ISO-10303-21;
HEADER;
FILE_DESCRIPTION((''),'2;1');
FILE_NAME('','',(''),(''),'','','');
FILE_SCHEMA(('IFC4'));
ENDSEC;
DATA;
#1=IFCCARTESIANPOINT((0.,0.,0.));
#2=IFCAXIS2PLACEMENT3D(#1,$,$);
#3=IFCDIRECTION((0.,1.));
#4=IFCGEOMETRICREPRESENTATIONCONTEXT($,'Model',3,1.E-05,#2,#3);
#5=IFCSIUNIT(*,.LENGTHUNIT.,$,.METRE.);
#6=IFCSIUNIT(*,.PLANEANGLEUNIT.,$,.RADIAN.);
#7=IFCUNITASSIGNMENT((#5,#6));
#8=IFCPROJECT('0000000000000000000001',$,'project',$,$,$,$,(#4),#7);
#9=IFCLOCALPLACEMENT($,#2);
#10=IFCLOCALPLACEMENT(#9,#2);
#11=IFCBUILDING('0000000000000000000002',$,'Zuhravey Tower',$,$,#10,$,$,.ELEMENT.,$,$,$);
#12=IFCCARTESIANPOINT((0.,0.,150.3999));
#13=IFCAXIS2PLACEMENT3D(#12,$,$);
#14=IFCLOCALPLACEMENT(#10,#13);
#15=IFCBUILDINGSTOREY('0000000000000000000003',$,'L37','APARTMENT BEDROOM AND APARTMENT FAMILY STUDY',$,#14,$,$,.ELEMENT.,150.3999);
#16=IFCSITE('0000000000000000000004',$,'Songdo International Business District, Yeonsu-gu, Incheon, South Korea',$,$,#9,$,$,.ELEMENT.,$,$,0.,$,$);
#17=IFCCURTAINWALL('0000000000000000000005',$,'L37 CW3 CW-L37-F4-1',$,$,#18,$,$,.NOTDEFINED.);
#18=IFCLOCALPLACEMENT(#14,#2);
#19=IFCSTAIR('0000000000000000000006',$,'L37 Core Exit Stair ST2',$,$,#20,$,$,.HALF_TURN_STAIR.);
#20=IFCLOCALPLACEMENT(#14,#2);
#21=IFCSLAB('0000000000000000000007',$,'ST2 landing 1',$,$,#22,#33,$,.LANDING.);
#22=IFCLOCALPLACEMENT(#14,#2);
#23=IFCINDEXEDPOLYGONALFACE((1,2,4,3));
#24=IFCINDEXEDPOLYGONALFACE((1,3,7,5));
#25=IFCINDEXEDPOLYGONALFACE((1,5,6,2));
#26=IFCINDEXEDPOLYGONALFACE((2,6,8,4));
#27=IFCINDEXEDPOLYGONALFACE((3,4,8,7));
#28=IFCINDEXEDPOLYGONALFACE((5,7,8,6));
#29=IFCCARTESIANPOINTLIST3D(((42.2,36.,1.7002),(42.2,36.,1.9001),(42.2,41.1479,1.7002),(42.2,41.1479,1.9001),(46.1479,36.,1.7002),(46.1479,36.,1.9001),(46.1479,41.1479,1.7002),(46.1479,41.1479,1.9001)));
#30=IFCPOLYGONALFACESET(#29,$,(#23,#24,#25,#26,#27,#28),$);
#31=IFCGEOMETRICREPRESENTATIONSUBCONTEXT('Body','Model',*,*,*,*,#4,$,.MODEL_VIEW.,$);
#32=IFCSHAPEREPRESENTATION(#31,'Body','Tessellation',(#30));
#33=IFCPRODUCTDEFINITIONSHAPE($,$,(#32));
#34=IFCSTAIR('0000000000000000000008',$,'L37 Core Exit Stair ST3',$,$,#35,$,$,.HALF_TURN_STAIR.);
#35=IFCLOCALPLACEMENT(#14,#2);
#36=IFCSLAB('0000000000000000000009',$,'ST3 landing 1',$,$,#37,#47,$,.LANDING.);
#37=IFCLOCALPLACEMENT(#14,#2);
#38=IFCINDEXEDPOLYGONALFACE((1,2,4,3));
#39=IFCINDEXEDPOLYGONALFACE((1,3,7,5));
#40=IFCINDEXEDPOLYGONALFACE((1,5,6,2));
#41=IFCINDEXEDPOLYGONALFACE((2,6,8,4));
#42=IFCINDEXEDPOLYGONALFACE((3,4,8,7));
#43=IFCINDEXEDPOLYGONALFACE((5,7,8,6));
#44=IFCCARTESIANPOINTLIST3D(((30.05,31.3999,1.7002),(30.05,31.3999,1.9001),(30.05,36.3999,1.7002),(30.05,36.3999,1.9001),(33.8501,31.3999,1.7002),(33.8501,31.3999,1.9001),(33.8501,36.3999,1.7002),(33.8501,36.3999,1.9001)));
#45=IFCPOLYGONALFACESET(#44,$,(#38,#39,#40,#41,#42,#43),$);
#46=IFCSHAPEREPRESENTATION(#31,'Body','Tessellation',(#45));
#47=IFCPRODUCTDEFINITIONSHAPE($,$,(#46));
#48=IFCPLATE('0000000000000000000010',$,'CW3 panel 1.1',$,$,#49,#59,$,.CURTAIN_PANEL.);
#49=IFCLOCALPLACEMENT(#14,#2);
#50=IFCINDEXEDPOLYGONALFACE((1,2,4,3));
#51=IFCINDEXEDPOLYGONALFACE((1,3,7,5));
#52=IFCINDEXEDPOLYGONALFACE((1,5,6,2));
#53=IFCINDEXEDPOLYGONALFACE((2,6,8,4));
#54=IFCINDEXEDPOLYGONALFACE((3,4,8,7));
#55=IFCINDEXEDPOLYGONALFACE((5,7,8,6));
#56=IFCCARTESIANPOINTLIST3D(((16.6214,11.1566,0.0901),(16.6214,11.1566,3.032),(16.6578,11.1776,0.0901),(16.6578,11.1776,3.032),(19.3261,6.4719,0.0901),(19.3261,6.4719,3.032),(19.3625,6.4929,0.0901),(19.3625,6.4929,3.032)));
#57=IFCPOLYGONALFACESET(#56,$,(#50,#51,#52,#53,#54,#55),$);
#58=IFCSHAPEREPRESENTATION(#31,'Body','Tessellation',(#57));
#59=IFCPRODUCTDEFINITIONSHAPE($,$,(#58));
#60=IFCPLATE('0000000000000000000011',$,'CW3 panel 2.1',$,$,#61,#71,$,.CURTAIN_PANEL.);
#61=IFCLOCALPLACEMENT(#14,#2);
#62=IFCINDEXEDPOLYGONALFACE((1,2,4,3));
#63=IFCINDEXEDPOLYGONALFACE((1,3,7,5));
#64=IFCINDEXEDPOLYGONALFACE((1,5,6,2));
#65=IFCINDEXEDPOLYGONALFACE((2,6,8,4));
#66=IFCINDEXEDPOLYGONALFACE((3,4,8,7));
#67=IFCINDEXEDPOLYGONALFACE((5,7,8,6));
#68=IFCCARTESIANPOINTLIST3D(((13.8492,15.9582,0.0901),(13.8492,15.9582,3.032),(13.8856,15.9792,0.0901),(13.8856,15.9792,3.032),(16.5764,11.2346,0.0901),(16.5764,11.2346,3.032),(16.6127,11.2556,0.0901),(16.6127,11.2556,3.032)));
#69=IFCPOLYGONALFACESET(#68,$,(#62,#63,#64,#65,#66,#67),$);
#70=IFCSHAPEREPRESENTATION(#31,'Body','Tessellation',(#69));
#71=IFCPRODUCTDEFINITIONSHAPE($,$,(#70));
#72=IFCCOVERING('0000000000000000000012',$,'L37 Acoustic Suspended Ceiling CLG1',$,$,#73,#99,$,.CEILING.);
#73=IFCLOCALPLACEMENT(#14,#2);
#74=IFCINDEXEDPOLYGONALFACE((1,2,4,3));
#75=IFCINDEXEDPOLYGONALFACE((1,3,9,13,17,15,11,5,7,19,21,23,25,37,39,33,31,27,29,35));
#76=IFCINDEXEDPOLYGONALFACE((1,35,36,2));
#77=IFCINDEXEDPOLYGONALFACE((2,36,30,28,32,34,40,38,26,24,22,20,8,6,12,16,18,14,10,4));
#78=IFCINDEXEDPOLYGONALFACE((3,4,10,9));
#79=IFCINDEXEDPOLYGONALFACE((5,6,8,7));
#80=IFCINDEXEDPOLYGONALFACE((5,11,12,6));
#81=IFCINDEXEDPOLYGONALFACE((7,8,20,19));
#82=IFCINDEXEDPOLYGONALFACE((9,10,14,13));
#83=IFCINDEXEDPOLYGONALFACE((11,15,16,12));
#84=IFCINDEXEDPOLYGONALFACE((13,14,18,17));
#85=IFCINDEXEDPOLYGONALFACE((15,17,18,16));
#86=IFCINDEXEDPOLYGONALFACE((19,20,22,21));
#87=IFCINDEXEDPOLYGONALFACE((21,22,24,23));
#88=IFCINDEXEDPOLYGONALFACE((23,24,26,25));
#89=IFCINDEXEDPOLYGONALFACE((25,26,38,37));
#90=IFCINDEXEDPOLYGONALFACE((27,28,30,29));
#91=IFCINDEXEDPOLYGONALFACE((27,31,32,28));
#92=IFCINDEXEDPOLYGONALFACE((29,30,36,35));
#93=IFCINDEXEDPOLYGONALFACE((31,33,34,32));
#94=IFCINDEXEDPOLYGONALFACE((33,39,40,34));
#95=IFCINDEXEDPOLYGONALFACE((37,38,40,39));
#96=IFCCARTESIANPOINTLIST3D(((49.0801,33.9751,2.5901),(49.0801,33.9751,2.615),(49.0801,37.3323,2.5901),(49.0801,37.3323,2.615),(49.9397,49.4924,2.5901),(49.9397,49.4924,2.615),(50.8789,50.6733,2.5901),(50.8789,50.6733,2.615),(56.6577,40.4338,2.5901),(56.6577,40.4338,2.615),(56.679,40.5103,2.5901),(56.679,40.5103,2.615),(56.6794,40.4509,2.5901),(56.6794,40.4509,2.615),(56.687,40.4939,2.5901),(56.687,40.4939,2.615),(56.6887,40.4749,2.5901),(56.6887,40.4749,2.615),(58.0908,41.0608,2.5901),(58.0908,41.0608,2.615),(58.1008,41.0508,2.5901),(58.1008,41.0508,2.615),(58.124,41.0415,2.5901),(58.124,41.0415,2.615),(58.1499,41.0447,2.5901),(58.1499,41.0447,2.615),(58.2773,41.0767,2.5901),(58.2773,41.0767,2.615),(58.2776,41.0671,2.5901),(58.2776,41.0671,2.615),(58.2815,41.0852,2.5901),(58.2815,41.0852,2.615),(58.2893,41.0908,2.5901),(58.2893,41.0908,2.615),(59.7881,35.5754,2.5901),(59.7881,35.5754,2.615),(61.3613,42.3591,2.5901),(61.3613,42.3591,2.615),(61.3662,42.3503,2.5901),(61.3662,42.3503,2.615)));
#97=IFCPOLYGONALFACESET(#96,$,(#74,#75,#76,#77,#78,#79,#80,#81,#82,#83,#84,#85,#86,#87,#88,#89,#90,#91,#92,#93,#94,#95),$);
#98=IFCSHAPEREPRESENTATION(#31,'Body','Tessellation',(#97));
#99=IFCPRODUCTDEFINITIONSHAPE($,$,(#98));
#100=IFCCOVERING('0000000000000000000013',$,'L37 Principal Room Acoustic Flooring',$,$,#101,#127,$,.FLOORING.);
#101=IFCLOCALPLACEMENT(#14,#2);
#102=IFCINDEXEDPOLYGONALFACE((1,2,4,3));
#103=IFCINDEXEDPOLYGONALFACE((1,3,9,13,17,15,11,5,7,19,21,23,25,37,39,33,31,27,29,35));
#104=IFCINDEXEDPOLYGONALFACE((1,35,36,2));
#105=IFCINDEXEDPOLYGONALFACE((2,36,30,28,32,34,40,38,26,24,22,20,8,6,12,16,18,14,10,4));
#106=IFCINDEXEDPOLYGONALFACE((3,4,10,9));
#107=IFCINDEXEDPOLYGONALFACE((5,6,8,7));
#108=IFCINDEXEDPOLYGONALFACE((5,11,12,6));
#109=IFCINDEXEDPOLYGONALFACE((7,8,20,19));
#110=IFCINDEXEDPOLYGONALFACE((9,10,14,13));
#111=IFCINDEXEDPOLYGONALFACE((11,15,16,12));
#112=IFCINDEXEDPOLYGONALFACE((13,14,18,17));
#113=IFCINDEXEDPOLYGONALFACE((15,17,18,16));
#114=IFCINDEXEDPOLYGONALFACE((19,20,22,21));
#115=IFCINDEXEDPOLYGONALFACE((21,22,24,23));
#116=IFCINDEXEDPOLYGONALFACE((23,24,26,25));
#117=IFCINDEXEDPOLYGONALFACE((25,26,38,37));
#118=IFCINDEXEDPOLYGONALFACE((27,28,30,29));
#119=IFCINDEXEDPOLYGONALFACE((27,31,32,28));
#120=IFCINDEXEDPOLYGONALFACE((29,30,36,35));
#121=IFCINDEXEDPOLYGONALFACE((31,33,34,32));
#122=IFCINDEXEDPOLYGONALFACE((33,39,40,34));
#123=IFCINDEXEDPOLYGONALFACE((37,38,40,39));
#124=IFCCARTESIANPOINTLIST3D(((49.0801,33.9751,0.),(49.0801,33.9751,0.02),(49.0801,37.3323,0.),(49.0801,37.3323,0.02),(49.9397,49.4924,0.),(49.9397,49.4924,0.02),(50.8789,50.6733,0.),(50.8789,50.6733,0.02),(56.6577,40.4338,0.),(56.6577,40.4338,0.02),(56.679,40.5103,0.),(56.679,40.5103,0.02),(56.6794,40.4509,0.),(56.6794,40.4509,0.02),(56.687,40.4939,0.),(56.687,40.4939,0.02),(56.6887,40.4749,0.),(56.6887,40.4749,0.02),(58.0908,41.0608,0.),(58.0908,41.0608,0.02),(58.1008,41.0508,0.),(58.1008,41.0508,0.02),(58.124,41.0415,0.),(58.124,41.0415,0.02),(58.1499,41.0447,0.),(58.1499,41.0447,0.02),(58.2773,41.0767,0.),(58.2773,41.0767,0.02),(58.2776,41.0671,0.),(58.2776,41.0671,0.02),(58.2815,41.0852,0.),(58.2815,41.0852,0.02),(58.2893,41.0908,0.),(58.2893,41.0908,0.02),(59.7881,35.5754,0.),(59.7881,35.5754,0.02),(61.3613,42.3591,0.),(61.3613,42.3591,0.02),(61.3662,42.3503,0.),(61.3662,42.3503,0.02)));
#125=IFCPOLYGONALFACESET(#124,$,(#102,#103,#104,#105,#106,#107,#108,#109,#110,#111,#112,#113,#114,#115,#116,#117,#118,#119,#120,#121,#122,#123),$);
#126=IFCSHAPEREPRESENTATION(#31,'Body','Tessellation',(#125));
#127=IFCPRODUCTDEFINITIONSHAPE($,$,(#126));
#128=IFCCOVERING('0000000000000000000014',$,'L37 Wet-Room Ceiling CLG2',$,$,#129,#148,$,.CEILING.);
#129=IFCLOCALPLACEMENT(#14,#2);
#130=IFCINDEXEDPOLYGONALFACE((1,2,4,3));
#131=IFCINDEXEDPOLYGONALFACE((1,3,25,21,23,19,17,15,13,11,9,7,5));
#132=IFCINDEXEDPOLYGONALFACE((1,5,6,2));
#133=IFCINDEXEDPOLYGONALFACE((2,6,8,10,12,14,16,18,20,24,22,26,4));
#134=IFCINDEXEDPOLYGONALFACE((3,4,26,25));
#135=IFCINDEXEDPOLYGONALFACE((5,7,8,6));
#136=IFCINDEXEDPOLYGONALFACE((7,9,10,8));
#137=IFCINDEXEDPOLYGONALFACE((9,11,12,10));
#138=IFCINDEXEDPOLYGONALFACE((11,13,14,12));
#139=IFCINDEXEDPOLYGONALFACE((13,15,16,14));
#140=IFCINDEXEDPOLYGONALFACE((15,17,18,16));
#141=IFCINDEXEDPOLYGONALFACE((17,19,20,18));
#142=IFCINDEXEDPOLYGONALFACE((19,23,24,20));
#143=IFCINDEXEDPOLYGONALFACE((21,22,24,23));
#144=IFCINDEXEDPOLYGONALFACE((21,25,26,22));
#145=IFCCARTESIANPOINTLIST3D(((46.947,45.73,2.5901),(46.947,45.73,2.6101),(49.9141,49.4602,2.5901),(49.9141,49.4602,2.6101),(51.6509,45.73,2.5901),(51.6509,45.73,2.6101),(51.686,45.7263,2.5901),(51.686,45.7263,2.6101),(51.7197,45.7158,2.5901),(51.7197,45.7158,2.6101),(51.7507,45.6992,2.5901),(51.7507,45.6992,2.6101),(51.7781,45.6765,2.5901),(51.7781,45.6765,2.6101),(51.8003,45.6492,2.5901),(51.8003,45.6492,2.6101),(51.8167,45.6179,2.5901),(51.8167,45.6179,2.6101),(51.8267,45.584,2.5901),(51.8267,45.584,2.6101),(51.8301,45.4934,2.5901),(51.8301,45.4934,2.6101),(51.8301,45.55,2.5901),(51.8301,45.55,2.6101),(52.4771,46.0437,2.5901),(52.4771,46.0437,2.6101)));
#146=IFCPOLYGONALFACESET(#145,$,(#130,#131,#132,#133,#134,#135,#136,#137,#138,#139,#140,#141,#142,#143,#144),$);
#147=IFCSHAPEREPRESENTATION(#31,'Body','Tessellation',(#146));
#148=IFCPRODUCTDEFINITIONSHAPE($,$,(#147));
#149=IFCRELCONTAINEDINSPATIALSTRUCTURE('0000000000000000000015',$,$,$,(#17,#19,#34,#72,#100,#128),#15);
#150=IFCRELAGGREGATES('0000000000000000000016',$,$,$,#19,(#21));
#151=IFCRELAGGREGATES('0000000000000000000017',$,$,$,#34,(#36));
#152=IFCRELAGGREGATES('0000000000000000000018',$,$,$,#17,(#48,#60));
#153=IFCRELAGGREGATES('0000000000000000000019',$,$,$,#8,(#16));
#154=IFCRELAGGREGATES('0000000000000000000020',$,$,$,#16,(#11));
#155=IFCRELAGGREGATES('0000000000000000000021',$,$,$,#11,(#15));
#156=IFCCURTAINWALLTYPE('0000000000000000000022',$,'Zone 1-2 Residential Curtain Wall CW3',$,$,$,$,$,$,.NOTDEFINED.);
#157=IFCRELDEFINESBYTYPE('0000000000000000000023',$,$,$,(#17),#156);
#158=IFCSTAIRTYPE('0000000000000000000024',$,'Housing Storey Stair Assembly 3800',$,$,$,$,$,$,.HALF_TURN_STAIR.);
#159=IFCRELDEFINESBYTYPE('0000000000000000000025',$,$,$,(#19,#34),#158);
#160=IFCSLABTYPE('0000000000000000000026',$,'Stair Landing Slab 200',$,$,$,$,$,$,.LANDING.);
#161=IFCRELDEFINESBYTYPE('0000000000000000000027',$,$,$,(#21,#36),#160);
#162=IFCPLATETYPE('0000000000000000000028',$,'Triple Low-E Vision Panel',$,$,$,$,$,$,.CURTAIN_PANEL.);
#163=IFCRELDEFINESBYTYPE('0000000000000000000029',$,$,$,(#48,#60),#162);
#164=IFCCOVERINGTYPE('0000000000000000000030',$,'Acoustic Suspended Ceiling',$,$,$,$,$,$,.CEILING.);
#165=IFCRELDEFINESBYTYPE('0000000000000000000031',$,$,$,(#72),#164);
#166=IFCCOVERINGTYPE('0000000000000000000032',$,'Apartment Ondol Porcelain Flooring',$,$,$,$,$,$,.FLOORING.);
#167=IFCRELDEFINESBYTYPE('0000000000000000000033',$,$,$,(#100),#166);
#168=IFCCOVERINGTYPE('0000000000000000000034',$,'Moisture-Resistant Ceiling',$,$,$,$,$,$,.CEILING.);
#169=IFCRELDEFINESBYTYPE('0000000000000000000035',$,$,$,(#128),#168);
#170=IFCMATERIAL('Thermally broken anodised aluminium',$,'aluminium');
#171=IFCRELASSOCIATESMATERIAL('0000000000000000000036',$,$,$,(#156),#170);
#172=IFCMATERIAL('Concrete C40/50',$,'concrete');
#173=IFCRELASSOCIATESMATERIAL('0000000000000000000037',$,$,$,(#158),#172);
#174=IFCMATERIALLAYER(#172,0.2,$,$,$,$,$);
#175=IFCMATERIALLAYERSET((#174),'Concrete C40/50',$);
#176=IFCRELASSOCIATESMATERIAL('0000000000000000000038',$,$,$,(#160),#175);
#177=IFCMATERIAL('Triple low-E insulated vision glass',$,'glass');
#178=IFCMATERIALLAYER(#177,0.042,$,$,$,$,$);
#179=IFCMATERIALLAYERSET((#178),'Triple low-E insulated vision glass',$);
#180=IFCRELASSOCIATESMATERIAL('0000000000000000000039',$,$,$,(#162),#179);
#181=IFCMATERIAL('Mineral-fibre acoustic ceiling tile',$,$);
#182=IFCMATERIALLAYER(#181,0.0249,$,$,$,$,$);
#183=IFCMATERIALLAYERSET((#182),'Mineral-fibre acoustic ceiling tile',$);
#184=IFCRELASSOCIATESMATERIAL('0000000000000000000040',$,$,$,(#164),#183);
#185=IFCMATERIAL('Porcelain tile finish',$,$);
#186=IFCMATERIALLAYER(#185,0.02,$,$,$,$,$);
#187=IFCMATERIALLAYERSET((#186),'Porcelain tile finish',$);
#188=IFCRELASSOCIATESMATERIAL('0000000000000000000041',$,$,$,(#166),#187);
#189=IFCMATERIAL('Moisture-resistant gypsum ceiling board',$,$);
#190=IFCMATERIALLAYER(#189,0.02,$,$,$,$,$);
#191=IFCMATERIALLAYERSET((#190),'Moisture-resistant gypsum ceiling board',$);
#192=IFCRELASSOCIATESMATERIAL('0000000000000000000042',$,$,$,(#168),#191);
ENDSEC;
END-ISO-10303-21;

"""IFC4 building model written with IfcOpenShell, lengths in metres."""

from ifc_helpers import new_model, si_unit, direction, frame, origin, origin_2d, place, context, subcontext, project, spatial, polyline, rectangle, outline, extrude, material, layer, layer_set, type_object, element, aggregate, save


model = new_model("IFC4")

# Units and contexts
model_context = context("Model", 3, precision=1e-05, world=origin(), true_north=direction((0.0, 1.0)))
body_context = subcontext(model_context, "Body", "Model", "MODEL_VIEW")
ifc_project = project(units=[si_unit("LENGTHUNIT", "METRE"), si_unit("PLANEANGLEUNIT", "RADIAN")], contexts=[model_context])

# Site, building, storey
site_placement = place(None, origin())
site = spatial("IfcSite", under=ifc_project, at=site_placement, Name="Songdo International Business District, Yeonsu-gu, Incheon, South Korea", CompositionType="ELEMENT", RefElevation=0.0)
building_placement = place(site_placement, origin())
building = spatial("IfcBuilding", under=site, at=building_placement, Name="Zuhravey Tower", CompositionType="ELEMENT")
storey_placement = place(building_placement, frame((0.0, 0.0, 150.3999)))
storey = spatial("IfcBuildingStorey", under=building, at=storey_placement, Name="L37", Description="APARTMENT BEDROOM AND APARTMENT FAMILY STUDY", CompositionType="ELEMENT", Elevation=150.3999)

# Curtain wall
ifc_material_1 = material(Name="Thermally broken anodised aluminium", Category="aluminium")
curtain_wall_type = type_object("IfcCurtainWallType", Name="Zone 1-2 Residential Curtain Wall CW3", PredefinedType="NOTDEFINED", material=ifc_material_1)
curtain_wall_placement = place(storey_placement, origin())
curtain_wall = element("IfcCurtainWall", 1, at=curtain_wall_placement, inside=storey, type_object=curtain_wall_type, Name="L37 CW3 CW-L37-F4-1", PredefinedType="NOTDEFINED")

# Shared definitions
ifc_material_2 = material(Name="Concrete C40/50", Category="concrete")

# Stairs, slabs
stair_type = type_object("IfcStairType", Name="Housing Storey Stair Assembly 3800", PredefinedType="HALF_TURN_STAIR", material=ifc_material_2)
ifc_layer_1 = layer(ifc_material_2, 0.2)
ifc_layer_set_1 = layer_set([ifc_layer_1], Name="Concrete C40/50")
slab_type_1 = type_object("IfcSlabType", Name="Stair Landing Slab 200", PredefinedType="LANDING", material=ifc_layer_set_1)
stair_1_placement = place(storey_placement, origin())
stair_1 = element("IfcStair", 2, at=stair_1_placement, inside=storey, type_object=stair_type, Name="L37 Core Exit Stair ST2", PredefinedType="HALF_TURN_STAIR")
slab_1_placement = place(storey_placement, frame((0.0, 0.0, 1.7002)))
slab_1 = element("IfcSlab", 3, at=slab_1_placement, type_object=slab_type_1, Name="ST2 landing 1", PredefinedType="LANDING", context=body_context, shape_type="SweptSolid", body=[
    extrude(outline(polyline([(46.1479, 36.0), (46.1479, 41.1479), (42.2, 41.1479), (42.2, 36.0), (46.1479, 36.0)])), origin(), (0.0, 0.0, 1.0), 0.2),
])
aggregate(stair_1, [slab_1])
stair_2_placement = place(storey_placement, origin())
stair_2 = element("IfcStair", 4, at=stair_2_placement, inside=storey, type_object=stair_type, Name="L37 Core Exit Stair ST3", PredefinedType="HALF_TURN_STAIR")
slab_2_placement = place(storey_placement, frame((0.0, 0.0, 1.7002)))
slab_2 = element("IfcSlab", 5, at=slab_2_placement, type_object=slab_type_1, Name="ST3 landing 1", PredefinedType="LANDING", context=body_context, shape_type="SweptSolid", body=[
    extrude(outline(polyline([(30.05, 36.3999), (30.05, 31.3999), (33.8501, 31.3999), (33.8501, 36.3999), (30.05, 36.3999)])), origin(), (0.0, 0.0, 1.0), 0.2),
])
aggregate(stair_2, [slab_2])

# Plates
ifc_material_3 = material(Name="Triple low-E insulated vision glass", Category="glass")
ifc_layer_2 = layer(ifc_material_3, 0.042)
ifc_layer_set_2 = layer_set([ifc_layer_2], Name="Triple low-E insulated vision glass")
plate_type = type_object("IfcPlateType", Name="Triple Low-E Vision Panel", PredefinedType="CURTAIN_PANEL", material=ifc_layer_set_2)
plate_1_placement = place(storey_placement, frame((17.9919, 8.8247, 0.0901), z_axis=(0.0, 0.0, 1.0), x_axis=(-0.5, 0.866025, 0.0)))
plate_1 = element("IfcPlate", 6, at=plate_1_placement, type_object=plate_type, Name="CW3 panel 1.1", PredefinedType="CURTAIN_PANEL", context=body_context, shape_type="SweptSolid", body=[
    extrude(rectangle(XDim=5.4094, YDim=0.042, at=origin_2d()), origin(), (0.0, 0.0, 1.0), 2.9419),
])
plate_2_placement = place(storey_placement, frame((15.231, 13.6069, 0.0901), z_axis=(0.0, 0.0, 1.0), x_axis=(-0.5, 0.866025, 0.0)))
plate_2 = element("IfcPlate", 7, at=plate_2_placement, type_object=plate_type, Name="CW3 panel 2.1", PredefinedType="CURTAIN_PANEL", context=body_context, shape_type="SweptSolid", body=[
    extrude(rectangle(XDim=5.4543, YDim=0.042, at=origin_2d()), origin(), (0.0, 0.0, 1.0), 2.9419),
])
aggregate(curtain_wall, [plate_1, plate_2])

# Coverings
ifc_material_4 = material(Name="Mineral-fibre acoustic ceiling tile")
ifc_layer_3 = layer(ifc_material_4, 0.0249)
ifc_layer_set_3 = layer_set([ifc_layer_3], Name="Mineral-fibre acoustic ceiling tile")
covering_type_1 = type_object("IfcCoveringType", Name="Acoustic Suspended Ceiling", PredefinedType="CEILING", material=ifc_layer_set_3)
covering_1_placement = place(storey_placement, frame((0.0, 0.0, 2.5901)))
element("IfcCovering", 8, at=covering_1_placement, inside=storey, type_object=covering_type_1, Name="L37 Acoustic Suspended Ceiling CLG1", PredefinedType="CEILING", context=body_context, shape_type="SweptSolid", body=[
    extrude(outline(polyline([(49.0801, 33.9751), (49.0801, 37.3323), (56.6577, 40.4338), (56.6794, 40.4509), (56.6887, 40.4749), (56.687, 40.4939), (56.679, 40.5103), (49.9397, 49.4924), (50.8789, 50.6733), (58.0908, 41.0608), (58.1008, 41.0508), (58.124, 41.0415), (58.1499, 41.0447), (61.3613, 42.3591), (61.3662, 42.3503), (58.2893, 41.0908), (58.2815, 41.0852), (58.2773, 41.0767), (58.2776, 41.0671), (59.7881, 35.5754), (49.0801, 33.9751)])), origin(), (0.0, 0.0, 1.0), 0.0249),
])
ifc_material_5 = material(Name="Porcelain tile finish")
ifc_layer_4 = layer(ifc_material_5, 0.02)
ifc_layer_set_4 = layer_set([ifc_layer_4], Name="Porcelain tile finish")
covering_type_2 = type_object("IfcCoveringType", Name="Apartment Ondol Porcelain Flooring", PredefinedType="FLOORING", material=ifc_layer_set_4)
covering_2_placement = place(storey_placement, origin())
element("IfcCovering", 9, at=covering_2_placement, inside=storey, type_object=covering_type_2, Name="L37 Principal Room Acoustic Flooring", PredefinedType="FLOORING", context=body_context, shape_type="SweptSolid", body=[
    extrude(outline(polyline([(49.0801, 33.9751), (49.0801, 37.3323), (56.6577, 40.4338), (56.6794, 40.4509), (56.6887, 40.4749), (56.687, 40.4939), (56.679, 40.5103), (49.9397, 49.4924), (50.8789, 50.6733), (58.0908, 41.0608), (58.1008, 41.0508), (58.124, 41.0415), (58.1499, 41.0447), (61.3613, 42.3591), (61.3662, 42.3503), (58.2893, 41.0908), (58.2815, 41.0852), (58.2773, 41.0767), (58.2776, 41.0671), (59.7881, 35.5754), (49.0801, 33.9751)])), origin(), (0.0, 0.0, 1.0), 0.02),
])
ifc_material_6 = material(Name="Moisture-resistant gypsum ceiling board")
ifc_layer_5 = layer(ifc_material_6, 0.02)
ifc_layer_set_5 = layer_set([ifc_layer_5], Name="Moisture-resistant gypsum ceiling board")
covering_type_3 = type_object("IfcCoveringType", Name="Moisture-Resistant Ceiling", PredefinedType="CEILING", material=ifc_layer_set_5)
covering_3_placement = place(storey_placement, frame((0.0, 0.0, 2.5901)))
element("IfcCovering", 10, at=covering_3_placement, inside=storey, type_object=covering_type_3, Name="L37 Wet-Room Ceiling CLG2", PredefinedType="CEILING", context=body_context, shape_type="SweptSolid", body=[
    extrude(outline(polyline([(51.8301, 45.55), (51.8267, 45.584), (51.8167, 45.6179), (51.8003, 45.6492), (51.7781, 45.6765), (51.7507, 45.6992), (51.7197, 45.7158), (51.686, 45.7263), (51.6509, 45.73), (46.947, 45.73), (49.9141, 49.4602), (52.4771, 46.0437), (51.8301, 45.4934), (51.8301, 45.55)])), origin(), (0.0, 0.0, 1.0), 0.02),
])

save(model, "model.ifc")
